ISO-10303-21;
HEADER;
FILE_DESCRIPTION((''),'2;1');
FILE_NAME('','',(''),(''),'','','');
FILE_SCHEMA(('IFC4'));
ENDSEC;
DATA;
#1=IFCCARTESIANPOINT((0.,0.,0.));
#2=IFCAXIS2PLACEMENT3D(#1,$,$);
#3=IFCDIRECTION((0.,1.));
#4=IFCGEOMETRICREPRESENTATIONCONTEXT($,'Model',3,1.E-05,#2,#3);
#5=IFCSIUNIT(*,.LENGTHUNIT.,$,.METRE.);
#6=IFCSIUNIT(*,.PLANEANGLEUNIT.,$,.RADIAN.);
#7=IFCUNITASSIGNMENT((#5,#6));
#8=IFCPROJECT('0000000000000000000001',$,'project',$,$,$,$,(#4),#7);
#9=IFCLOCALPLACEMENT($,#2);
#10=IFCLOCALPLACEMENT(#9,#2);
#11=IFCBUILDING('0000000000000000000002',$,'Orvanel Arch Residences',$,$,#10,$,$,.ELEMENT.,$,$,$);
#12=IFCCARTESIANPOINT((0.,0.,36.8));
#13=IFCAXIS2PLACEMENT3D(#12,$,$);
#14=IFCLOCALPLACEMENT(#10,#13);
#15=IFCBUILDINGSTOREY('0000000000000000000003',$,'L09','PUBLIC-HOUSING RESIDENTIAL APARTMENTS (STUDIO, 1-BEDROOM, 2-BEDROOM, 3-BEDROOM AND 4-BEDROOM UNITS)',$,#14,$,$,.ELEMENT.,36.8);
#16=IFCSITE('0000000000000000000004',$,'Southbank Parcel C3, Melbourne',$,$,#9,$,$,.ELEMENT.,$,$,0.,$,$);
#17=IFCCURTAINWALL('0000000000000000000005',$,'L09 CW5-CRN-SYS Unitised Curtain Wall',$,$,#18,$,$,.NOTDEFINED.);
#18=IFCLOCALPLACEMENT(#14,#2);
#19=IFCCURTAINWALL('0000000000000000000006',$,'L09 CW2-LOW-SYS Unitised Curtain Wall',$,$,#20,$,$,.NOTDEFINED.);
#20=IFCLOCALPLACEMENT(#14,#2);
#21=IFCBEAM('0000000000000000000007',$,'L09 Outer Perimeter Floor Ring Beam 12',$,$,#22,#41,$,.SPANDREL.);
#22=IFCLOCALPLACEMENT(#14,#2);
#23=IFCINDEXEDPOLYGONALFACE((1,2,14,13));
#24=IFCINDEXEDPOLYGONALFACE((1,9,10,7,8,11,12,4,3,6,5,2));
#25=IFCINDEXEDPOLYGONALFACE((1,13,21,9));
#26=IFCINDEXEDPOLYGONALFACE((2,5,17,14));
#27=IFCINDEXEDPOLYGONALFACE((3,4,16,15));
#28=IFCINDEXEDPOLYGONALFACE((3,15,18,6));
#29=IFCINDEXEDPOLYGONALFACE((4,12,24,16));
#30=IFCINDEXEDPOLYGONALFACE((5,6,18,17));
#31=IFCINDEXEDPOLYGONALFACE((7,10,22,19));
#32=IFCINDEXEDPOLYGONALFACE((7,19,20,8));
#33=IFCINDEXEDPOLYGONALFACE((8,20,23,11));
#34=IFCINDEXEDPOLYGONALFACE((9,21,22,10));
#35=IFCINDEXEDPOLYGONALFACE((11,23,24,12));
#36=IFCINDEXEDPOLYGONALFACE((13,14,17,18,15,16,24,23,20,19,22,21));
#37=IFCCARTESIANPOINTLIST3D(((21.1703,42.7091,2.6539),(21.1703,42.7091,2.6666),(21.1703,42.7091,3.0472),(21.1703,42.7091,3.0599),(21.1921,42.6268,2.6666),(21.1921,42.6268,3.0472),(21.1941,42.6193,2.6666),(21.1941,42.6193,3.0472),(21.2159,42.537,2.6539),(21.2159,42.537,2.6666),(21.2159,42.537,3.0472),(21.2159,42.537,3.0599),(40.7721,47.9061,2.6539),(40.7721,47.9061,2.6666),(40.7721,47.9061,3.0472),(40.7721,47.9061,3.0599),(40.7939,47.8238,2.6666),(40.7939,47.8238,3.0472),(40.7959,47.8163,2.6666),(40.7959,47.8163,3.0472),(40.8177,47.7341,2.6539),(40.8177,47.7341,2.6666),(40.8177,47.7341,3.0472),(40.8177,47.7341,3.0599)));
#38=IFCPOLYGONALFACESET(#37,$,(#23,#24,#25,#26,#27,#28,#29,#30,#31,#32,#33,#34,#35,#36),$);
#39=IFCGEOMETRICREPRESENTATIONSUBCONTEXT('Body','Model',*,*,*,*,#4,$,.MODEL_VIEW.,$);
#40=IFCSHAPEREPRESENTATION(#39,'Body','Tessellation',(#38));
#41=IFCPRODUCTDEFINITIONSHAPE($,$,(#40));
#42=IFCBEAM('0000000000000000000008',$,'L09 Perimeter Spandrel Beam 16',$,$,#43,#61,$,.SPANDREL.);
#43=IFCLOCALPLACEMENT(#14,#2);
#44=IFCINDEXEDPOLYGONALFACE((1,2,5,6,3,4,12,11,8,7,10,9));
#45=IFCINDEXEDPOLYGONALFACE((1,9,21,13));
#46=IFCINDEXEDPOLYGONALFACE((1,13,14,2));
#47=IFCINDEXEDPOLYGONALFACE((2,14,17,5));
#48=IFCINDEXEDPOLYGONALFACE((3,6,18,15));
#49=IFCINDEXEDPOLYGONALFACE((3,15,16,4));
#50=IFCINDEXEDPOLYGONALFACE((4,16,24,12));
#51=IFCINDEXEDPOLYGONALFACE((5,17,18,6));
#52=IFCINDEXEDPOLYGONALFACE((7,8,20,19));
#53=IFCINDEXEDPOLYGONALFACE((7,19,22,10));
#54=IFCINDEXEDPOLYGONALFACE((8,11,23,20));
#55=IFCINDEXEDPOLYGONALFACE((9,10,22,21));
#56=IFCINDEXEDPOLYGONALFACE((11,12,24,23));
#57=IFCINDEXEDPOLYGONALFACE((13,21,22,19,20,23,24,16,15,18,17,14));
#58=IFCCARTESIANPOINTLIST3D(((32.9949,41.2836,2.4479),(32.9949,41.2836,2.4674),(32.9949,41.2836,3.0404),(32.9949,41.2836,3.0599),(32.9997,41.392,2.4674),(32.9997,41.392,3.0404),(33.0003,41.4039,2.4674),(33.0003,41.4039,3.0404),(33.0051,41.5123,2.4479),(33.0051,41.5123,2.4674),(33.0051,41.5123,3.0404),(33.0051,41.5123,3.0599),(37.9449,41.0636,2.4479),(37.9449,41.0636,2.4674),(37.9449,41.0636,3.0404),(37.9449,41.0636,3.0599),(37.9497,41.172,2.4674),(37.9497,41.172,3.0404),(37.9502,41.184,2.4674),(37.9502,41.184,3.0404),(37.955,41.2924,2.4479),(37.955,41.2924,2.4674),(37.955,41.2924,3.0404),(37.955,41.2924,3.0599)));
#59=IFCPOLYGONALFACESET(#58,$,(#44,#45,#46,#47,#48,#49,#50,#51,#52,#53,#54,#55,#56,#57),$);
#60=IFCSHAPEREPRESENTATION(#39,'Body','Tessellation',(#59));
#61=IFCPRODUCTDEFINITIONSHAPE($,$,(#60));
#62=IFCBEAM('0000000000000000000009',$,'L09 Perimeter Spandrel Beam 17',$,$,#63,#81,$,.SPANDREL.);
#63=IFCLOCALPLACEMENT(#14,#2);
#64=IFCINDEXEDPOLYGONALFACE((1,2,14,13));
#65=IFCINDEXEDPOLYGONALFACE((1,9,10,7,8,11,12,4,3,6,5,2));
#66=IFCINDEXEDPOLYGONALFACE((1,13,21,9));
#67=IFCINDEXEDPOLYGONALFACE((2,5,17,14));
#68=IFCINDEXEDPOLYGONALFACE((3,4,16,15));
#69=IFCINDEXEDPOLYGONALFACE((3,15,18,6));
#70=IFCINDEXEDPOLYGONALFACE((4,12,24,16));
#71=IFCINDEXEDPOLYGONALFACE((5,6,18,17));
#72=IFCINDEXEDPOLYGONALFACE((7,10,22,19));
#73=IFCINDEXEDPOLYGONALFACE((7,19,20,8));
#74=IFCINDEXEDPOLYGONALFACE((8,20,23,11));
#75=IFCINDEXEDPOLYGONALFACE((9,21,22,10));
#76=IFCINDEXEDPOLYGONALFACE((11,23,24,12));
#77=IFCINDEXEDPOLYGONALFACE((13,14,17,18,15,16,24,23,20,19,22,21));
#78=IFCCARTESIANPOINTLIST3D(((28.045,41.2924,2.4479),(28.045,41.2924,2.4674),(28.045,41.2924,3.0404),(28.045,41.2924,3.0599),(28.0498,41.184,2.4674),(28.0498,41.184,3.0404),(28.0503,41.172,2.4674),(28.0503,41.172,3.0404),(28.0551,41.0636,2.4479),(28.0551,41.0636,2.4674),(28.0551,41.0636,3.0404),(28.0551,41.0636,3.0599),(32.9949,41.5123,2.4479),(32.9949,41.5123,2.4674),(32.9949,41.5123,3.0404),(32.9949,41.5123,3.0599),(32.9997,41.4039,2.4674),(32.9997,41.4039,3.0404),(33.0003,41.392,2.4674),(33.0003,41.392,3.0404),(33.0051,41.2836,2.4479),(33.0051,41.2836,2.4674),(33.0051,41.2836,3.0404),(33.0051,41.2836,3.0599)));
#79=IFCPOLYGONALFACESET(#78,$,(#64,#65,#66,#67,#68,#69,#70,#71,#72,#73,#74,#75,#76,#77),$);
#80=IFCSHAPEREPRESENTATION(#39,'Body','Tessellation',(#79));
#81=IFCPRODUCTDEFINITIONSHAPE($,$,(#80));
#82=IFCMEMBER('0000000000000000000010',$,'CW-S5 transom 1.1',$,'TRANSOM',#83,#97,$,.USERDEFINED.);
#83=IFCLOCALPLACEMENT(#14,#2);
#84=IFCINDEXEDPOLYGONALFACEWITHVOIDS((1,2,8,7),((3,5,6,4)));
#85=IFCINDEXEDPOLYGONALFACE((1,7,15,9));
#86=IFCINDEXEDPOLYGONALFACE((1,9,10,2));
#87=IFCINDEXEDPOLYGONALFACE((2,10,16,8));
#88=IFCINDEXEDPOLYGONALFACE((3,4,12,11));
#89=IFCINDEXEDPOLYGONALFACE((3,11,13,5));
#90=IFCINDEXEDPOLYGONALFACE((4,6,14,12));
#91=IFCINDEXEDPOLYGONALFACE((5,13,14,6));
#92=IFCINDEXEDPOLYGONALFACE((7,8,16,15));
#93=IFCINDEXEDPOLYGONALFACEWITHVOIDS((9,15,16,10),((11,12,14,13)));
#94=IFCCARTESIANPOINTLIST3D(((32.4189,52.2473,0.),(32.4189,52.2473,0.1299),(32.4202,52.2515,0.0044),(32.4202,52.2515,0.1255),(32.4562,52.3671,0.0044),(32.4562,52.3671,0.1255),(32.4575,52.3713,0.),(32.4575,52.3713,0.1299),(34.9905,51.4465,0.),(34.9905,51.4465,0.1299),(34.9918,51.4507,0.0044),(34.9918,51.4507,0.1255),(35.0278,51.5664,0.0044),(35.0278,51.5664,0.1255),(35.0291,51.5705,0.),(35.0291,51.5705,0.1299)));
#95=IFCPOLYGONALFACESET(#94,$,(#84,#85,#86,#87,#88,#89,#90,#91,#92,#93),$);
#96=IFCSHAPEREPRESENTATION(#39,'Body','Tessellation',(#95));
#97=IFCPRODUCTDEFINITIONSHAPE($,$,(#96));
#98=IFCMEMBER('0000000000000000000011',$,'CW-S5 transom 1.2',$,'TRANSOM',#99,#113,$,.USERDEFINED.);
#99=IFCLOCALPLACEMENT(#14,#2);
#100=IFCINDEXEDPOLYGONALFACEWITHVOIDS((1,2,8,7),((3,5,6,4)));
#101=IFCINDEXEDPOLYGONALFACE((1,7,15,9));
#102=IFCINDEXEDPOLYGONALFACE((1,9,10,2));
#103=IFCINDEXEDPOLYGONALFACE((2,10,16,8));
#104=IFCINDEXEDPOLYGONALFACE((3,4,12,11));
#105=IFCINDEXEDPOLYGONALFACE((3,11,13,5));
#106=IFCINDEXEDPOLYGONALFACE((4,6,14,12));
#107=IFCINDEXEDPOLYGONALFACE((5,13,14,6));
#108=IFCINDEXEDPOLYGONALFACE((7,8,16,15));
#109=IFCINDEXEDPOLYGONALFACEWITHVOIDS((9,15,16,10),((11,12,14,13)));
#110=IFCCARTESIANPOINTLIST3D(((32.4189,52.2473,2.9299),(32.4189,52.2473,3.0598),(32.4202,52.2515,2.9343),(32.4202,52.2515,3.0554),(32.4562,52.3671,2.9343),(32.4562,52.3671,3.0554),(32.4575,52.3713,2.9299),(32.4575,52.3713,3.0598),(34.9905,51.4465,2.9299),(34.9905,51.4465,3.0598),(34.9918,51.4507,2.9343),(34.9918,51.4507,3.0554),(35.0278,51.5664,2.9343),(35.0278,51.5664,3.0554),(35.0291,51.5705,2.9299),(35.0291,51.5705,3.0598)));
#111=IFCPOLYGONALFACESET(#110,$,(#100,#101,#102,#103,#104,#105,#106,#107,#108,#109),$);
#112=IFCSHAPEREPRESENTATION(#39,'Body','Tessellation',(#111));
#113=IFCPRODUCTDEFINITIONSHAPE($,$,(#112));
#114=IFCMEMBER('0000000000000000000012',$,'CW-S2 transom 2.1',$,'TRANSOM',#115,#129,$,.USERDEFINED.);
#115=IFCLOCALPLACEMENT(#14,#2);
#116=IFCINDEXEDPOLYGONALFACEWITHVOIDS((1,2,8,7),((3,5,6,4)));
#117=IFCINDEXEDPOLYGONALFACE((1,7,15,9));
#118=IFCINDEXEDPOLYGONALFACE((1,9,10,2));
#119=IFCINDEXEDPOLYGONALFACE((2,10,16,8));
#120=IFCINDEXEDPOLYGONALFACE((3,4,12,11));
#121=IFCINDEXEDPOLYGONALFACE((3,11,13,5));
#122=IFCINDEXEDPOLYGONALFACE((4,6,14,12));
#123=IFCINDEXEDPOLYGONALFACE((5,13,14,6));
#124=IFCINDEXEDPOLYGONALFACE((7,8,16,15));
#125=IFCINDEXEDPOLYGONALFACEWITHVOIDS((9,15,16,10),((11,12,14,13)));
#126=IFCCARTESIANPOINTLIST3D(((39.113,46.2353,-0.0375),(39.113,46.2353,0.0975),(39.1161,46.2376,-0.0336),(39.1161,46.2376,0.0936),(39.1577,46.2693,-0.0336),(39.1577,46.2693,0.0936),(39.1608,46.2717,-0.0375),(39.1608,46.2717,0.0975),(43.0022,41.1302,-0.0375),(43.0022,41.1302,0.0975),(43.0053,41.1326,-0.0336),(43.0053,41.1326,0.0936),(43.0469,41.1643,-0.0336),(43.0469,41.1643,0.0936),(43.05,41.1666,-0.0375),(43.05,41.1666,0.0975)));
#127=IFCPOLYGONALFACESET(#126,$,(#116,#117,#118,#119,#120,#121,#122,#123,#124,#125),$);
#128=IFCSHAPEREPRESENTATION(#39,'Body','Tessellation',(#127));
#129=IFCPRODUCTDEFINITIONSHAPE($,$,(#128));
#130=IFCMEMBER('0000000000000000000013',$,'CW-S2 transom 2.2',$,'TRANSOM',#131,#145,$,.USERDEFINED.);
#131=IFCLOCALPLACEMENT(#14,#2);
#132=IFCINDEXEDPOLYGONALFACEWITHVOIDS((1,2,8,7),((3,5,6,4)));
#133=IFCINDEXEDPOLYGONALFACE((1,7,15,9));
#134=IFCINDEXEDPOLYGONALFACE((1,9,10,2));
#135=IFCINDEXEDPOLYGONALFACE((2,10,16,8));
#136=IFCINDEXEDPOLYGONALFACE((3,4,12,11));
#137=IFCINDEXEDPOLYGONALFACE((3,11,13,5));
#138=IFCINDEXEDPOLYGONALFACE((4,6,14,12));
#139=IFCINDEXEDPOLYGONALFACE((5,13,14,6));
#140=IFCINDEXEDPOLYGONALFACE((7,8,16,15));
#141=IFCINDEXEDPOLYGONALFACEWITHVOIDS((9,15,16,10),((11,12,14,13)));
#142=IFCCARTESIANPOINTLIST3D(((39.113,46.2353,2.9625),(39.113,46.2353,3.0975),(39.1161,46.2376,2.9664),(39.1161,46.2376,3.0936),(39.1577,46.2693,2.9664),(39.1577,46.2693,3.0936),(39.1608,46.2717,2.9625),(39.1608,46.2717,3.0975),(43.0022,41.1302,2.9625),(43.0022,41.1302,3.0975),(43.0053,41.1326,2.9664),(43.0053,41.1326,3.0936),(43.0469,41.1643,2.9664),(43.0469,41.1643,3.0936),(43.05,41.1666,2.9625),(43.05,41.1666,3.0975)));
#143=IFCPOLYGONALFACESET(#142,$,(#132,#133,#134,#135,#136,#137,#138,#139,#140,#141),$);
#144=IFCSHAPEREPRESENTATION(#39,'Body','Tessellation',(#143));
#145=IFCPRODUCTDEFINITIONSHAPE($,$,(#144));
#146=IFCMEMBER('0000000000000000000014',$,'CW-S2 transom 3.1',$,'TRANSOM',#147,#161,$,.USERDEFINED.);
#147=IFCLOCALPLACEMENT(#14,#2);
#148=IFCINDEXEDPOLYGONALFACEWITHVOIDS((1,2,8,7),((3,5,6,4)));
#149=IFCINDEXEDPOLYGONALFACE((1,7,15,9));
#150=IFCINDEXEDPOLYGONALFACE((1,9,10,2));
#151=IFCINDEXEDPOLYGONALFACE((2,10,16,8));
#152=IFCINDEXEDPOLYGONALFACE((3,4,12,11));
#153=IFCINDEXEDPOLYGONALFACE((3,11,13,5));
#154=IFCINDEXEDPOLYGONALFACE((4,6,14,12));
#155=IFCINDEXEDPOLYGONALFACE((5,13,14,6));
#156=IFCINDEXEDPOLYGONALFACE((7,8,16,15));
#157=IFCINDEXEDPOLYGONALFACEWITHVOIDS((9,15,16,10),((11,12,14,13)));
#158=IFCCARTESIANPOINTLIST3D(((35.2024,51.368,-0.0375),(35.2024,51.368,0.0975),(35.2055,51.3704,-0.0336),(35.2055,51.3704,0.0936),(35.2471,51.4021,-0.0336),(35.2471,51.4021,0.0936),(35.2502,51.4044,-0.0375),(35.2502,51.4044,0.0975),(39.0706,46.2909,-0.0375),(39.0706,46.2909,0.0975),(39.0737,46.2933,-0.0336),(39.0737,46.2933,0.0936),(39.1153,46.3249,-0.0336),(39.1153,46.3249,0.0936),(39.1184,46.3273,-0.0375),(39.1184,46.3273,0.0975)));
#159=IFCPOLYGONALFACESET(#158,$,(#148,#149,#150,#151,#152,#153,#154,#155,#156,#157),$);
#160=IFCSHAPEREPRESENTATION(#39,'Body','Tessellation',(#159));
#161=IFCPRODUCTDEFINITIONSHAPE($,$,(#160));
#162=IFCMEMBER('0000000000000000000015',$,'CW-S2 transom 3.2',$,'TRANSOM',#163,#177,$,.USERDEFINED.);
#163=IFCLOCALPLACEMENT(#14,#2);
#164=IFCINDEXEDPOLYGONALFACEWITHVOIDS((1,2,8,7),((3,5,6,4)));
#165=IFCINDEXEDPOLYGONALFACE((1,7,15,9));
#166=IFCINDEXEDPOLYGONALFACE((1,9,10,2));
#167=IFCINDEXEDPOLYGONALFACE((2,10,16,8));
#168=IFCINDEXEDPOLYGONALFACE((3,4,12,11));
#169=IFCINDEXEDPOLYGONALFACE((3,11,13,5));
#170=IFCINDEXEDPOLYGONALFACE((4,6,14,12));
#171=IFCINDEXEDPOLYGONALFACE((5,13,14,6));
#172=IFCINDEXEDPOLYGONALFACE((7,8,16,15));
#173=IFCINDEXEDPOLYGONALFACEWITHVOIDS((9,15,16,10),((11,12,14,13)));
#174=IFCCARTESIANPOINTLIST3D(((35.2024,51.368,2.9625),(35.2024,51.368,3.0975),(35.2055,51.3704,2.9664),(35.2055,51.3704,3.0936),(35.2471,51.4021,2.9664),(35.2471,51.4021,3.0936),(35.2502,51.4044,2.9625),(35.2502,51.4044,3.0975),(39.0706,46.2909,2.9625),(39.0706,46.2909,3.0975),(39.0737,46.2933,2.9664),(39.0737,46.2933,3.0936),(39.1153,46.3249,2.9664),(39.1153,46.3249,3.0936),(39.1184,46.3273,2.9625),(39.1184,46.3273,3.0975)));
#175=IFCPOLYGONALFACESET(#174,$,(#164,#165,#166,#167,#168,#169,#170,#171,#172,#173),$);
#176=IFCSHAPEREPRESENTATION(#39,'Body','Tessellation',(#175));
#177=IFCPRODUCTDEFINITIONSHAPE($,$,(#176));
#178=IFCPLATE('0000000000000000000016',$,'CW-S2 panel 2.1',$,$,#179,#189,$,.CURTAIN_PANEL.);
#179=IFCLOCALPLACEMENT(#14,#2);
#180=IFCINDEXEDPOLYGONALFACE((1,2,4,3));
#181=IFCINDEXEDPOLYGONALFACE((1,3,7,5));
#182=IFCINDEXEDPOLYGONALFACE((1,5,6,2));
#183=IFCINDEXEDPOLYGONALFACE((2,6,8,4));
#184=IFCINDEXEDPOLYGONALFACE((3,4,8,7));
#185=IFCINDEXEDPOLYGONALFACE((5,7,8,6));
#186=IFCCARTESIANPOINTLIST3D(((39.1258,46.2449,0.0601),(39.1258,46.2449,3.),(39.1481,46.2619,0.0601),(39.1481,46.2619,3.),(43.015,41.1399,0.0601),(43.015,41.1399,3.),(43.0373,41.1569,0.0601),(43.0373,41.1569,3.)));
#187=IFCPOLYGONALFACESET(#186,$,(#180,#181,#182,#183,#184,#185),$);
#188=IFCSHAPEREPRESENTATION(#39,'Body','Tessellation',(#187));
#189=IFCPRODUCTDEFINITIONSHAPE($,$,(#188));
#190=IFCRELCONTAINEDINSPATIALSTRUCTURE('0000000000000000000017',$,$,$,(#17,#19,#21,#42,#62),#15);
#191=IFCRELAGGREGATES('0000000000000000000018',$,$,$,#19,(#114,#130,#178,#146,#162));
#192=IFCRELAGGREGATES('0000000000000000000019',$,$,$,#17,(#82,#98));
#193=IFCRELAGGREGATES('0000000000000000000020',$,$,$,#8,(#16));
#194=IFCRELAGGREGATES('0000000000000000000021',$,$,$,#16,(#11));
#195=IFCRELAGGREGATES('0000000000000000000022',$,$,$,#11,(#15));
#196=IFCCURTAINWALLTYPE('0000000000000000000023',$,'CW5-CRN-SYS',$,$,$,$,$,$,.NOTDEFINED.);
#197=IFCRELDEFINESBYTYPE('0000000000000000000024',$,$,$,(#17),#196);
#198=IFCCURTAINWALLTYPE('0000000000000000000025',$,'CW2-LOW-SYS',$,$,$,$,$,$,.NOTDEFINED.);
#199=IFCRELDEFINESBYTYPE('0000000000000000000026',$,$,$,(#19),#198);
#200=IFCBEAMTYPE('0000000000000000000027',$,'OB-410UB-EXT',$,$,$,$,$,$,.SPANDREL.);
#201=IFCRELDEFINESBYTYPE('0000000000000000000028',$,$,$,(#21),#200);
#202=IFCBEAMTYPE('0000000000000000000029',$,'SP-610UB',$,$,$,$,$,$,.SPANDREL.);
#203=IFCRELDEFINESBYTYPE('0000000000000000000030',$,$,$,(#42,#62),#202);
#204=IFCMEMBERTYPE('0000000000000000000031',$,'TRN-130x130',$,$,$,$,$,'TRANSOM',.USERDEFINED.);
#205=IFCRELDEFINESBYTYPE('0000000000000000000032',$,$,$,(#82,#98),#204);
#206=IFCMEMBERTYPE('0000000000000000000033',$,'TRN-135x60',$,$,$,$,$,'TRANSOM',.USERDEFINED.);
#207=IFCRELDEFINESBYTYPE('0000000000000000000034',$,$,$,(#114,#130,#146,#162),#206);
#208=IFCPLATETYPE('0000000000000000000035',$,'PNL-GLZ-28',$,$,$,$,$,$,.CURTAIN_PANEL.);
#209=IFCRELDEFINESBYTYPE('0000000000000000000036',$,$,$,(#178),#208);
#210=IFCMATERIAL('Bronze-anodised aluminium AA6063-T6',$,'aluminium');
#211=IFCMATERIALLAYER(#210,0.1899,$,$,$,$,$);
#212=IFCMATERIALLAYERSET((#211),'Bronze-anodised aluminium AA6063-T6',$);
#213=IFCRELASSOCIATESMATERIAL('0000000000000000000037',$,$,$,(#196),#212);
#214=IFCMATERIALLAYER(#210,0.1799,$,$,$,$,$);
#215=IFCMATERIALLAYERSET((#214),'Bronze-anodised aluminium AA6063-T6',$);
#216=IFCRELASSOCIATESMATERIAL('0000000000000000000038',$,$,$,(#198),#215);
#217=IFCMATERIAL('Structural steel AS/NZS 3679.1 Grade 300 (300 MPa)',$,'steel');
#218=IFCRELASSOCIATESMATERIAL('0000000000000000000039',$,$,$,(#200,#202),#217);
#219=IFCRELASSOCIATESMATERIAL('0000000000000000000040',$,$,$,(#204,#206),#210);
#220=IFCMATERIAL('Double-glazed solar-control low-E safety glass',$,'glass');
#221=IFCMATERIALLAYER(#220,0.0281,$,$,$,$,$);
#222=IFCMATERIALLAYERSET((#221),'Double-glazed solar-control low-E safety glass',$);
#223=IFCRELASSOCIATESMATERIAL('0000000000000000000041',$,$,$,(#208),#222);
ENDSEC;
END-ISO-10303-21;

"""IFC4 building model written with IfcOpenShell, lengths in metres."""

from ifc_helpers import new_model, si_unit, direction, frame, origin, origin_2d, place, context, subcontext, project, spatial, rectangle, hollow_rectangle, i_section, extrude, material, layer, layer_set, material_profile, profile_set, type_object, element, aggregate, save


model = new_model("IFC4")

# Units and contexts
model_context = context("Model", 3, precision=1e-05, world=origin(), true_north=direction((0.0, 1.0)))
body_context = subcontext(model_context, "Body", "Model", "MODEL_VIEW")
ifc_project = project(units=[si_unit("LENGTHUNIT", "METRE"), si_unit("PLANEANGLEUNIT", "RADIAN")], contexts=[model_context])

# Site, building, storey
site_placement = place(None, origin())
site = spatial("IfcSite", under=ifc_project, at=site_placement, Name="Southbank Parcel C3, Melbourne", CompositionType="ELEMENT", RefElevation=0.0)
building_placement = place(site_placement, origin())
building = spatial("IfcBuilding", under=site, at=building_placement, Name="Orvanel Arch Residences", CompositionType="ELEMENT")
storey_placement = place(building_placement, frame((0.0, 0.0, 36.8)))
storey = spatial("IfcBuildingStorey", under=building, at=storey_placement, Name="L09", Description="PUBLIC-HOUSING RESIDENTIAL APARTMENTS (STUDIO, 1-BEDROOM, 2-BEDROOM, 3-BEDROOM AND 4-BEDROOM UNITS)", CompositionType="ELEMENT", Elevation=36.8)

# Shared definitions
ifc_material_1 = material(Name="Structural steel AS/NZS 3679.1 Grade 300 (300 MPa)", Category="steel")

# Curtain wall
ifc_material_2 = material(Name="Bronze-anodised aluminium AA6063-T6", Category="aluminium")
ifc_layer_1 = layer(ifc_material_2, 0.1899)
ifc_layer_set_1 = layer_set([ifc_layer_1], Name="Bronze-anodised aluminium AA6063-T6")
curtain_wall_type_1 = type_object("IfcCurtainWallType", Name="CW5-CRN-SYS", PredefinedType="NOTDEFINED", material=ifc_layer_set_1)
curtain_wall_1_placement = place(storey_placement, origin())
curtain_wall_1 = element("IfcCurtainWall", 1, at=curtain_wall_1_placement, inside=storey, type_object=curtain_wall_type_1, Name="L09 CW5-CRN-SYS Unitised Curtain Wall", PredefinedType="NOTDEFINED")

# Curtain wall
ifc_layer_2 = layer(ifc_material_2, 0.1799)
ifc_layer_set_2 = layer_set([ifc_layer_2], Name="Bronze-anodised aluminium AA6063-T6")
curtain_wall_type_2 = type_object("IfcCurtainWallType", Name="CW2-LOW-SYS", PredefinedType="NOTDEFINED", material=ifc_layer_set_2)
curtain_wall_2_placement = place(storey_placement, origin())
curtain_wall_2 = element("IfcCurtainWall", 2, at=curtain_wall_2_placement, inside=storey, type_object=curtain_wall_type_2, Name="L09 CW2-LOW-SYS Unitised Curtain Wall", PredefinedType="NOTDEFINED")

# Beams
ifc_material_profile_1 = material_profile(ifc_material_1, i_section(OverallWidth=0.178, OverallDepth=0.406, WebThickness=0.0078, FlangeThickness=0.0127, at=origin_2d()), Name="410UB59.7")
ifc_profile_set_1 = profile_set([ifc_material_profile_1], Name="Structural steel AS/NZS 3679.1 Grade 300 (300 MPa)")
beam_type_1 = type_object("IfcBeamType", Name="OB-410UB-EXT", PredefinedType="SPANDREL", material=ifc_profile_set_1)
beam_1_placement = place(storey_placement, frame((40.7949, 47.8201, 2.8569), z_axis=(-0.966604, -0.256275, 0.0), x_axis=(0.256275, -0.966604, 0.0)))
element("IfcBeam", 3, at=beam_1_placement, inside=storey, type_object=beam_type_1, Name="L09 Outer Perimeter Floor Ring Beam 12", PredefinedType="SPANDREL", context=body_context, shape_type="SweptSolid", body=[
    extrude(i_section(OverallWidth=0.178, OverallDepth=0.406, WebThickness=0.0078, FlangeThickness=0.0127, at=origin_2d()), origin(), (0.0, 0.0, 1.0), 20.2791),
])
ifc_material_profile_2 = material_profile(ifc_material_1, i_section(OverallWidth=0.229, OverallDepth=0.6121, WebThickness=0.012, FlangeThickness=0.0195, at=origin_2d()), Name="610UB125")
ifc_profile_set_2 = profile_set([ifc_material_profile_2], Name="Structural steel AS/NZS 3679.1 Grade 300 (300 MPa)")
beam_type_2 = type_object("IfcBeamType", Name="SP-610UB", PredefinedType="SPANDREL", material=ifc_profile_set_2)
for number, where, z_axis, x_axis, name in (
    (4, (37.95, 41.178, 2.7539), (-0.999014, 0.044395, 0.0), (-0.044395, -0.999014, 0.0), "L09 Perimeter Spandrel Beam 16"),
    (5, (33.0, 41.3979, 2.7539), (-0.999014, -0.044395, 0.0), (0.044395, -0.999014, 0.0), "L09 Perimeter Spandrel Beam 17"),
):
    element("IfcBeam", number, at=place(storey_placement, frame(where, z_axis=z_axis, x_axis=x_axis)), inside=storey, type_object=beam_type_2, Name=name, PredefinedType="SPANDREL", context=body_context, shape_type="SweptSolid", body=[
        extrude(i_section(OverallWidth=0.229, OverallDepth=0.6121, WebThickness=0.012, FlangeThickness=0.0195, at=origin_2d()), origin(), (0.0, 0.0, 1.0), 4.9548),
    ])

# Members
ifc_material_profile_3 = material_profile(ifc_material_2, hollow_rectangle(XDim=0.1299, YDim=0.1299, WallThickness=0.0044, at=origin_2d()), Name="ALU130x130x4.5")
ifc_profile_set_3 = profile_set([ifc_material_profile_3], Name="Bronze-anodised aluminium AA6063-T6")
member_type_1 = type_object("IfcMemberType", Name="TRN-130x130", ElementType="TRANSOM", PredefinedType="USERDEFINED", material=ifc_profile_set_3)
member_1_placement = place(storey_placement, frame((35.0098, 51.5085, 0.0649), z_axis=(-0.954778, 0.29732, 0.0), x_axis=(-0.29732, -0.954778, 0.0)))
member_1 = element("IfcMember", 6, at=member_1_placement, type_object=member_type_1, Name="CW-S5 transom 1.1", ObjectType="TRANSOM", PredefinedType="USERDEFINED", context=body_context, shape_type="SweptSolid", body=[
    extrude(hollow_rectangle(XDim=0.1299, YDim=0.1299, WallThickness=0.0044, at=origin_2d()), origin(), (0.0, 0.0, 1.0), 2.6934),
])
member_2_placement = place(storey_placement, frame((35.0098, 51.5085, 2.9949), z_axis=(-0.954778, 0.29732, 0.0), x_axis=(-0.29732, -0.954778, 0.0)))
member_2 = element("IfcMember", 7, at=member_2_placement, type_object=member_type_1, Name="CW-S5 transom 1.2", ObjectType="TRANSOM", PredefinedType="USERDEFINED", context=body_context, shape_type="SweptSolid", body=[
    extrude(hollow_rectangle(XDim=0.1299, YDim=0.1299, WallThickness=0.0044, at=origin_2d()), origin(), (0.0, 0.0, 1.0), 2.6934),
])
ifc_material_profile_4 = material_profile(ifc_material_2, hollow_rectangle(XDim=0.0601, YDim=0.135, WallThickness=0.0039, at=origin_2d()), Name="ALU135x60x4")
ifc_profile_set_4 = profile_set([ifc_material_profile_4], Name="Bronze-anodised aluminium AA6063-T6")
member_type_2 = type_object("IfcMemberType", Name="TRN-135x60", ElementType="TRANSOM", PredefinedType="USERDEFINED", material=ifc_profile_set_4)
member_3_placement = place(storey_placement, frame((43.0261, 41.1484, 0.03), z_axis=(-0.606009, 0.795458, 0.0), x_axis=(-0.795458, -0.606009, 0.0)))
member_3 = element("IfcMember", 8, at=member_3_placement, type_object=member_type_2, Name="CW-S2 transom 2.1", ObjectType="TRANSOM", PredefinedType="USERDEFINED", context=body_context, shape_type="SweptSolid", body=[
    extrude(hollow_rectangle(XDim=0.0601, YDim=0.135, WallThickness=0.0039, at=origin_2d()), origin(), (0.0, 0.0, 1.0), 6.4177),
])
member_4_placement = place(storey_placement, frame((43.0261, 41.1484, 3.03), z_axis=(-0.606009, 0.795458, 0.0), x_axis=(-0.795458, -0.606009, 0.0)))
member_4 = element("IfcMember", 9, at=member_4_placement, type_object=member_type_2, Name="CW-S2 transom 2.2", ObjectType="TRANSOM", PredefinedType="USERDEFINED", context=body_context, shape_type="SweptSolid", body=[
    extrude(hollow_rectangle(XDim=0.0601, YDim=0.135, WallThickness=0.0039, at=origin_2d()), origin(), (0.0, 0.0, 1.0), 6.4177),
])
member_5_placement = place(storey_placement, frame((39.0945, 46.3091, 0.03), z_axis=(-0.606029, 0.795442, 0.0), x_axis=(-0.795442, -0.606029, 0.0)))
member_5 = element("IfcMember", 10, at=member_5_placement, type_object=member_type_2, Name="CW-S2 transom 3.1", ObjectType="TRANSOM", PredefinedType="USERDEFINED", context=body_context, shape_type="SweptSolid", body=[
    extrude(hollow_rectangle(XDim=0.0601, YDim=0.135, WallThickness=0.0039, at=origin_2d()), origin(), (0.0, 0.0, 1.0), 6.3828),
])
member_6_placement = place(storey_placement, frame((39.0945, 46.3091, 3.03), z_axis=(-0.606029, 0.795442, 0.0), x_axis=(-0.795442, -0.606029, 0.0)))
member_6 = element("IfcMember", 11, at=member_6_placement, type_object=member_type_2, Name="CW-S2 transom 3.2", ObjectType="TRANSOM", PredefinedType="USERDEFINED", context=body_context, shape_type="SweptSolid", body=[
    extrude(hollow_rectangle(XDim=0.0601, YDim=0.135, WallThickness=0.0039, at=origin_2d()), origin(), (0.0, 0.0, 1.0), 6.3828),
])

# Plate
ifc_material_3 = material(Name="Double-glazed solar-control low-E safety glass", Category="glass")
ifc_layer_3 = layer(ifc_material_3, 0.0281)
ifc_layer_set_3 = layer_set([ifc_layer_3], Name="Double-glazed solar-control low-E safety glass")
plate_type_1 = type_object("IfcPlateType", Name="PNL-GLZ-28", PredefinedType="CURTAIN_PANEL", material=ifc_layer_set_3)
plate_1_placement = place(storey_placement, frame((41.0815, 43.7009, 0.0601), z_axis=(0.0, 0.0, 1.0), x_axis=(-0.606017, 0.795452, 0.0)))
plate_1 = element("IfcPlate", 12, at=plate_1_placement, type_object=plate_type_1, Name="CW-S2 panel 2.1", PredefinedType="CURTAIN_PANEL", context=body_context, shape_type="SweptSolid", body=[
    extrude(rectangle(XDim=6.4177, YDim=0.0281, at=origin_2d()), origin(), (0.0, 0.0, 1.0), 2.9399),
])
aggregate(curtain_wall_2, [member_3, member_4, plate_1, member_5, member_6])
aggregate(curtain_wall_1, [member_1, member_2])

save(model, "model.ifc")
